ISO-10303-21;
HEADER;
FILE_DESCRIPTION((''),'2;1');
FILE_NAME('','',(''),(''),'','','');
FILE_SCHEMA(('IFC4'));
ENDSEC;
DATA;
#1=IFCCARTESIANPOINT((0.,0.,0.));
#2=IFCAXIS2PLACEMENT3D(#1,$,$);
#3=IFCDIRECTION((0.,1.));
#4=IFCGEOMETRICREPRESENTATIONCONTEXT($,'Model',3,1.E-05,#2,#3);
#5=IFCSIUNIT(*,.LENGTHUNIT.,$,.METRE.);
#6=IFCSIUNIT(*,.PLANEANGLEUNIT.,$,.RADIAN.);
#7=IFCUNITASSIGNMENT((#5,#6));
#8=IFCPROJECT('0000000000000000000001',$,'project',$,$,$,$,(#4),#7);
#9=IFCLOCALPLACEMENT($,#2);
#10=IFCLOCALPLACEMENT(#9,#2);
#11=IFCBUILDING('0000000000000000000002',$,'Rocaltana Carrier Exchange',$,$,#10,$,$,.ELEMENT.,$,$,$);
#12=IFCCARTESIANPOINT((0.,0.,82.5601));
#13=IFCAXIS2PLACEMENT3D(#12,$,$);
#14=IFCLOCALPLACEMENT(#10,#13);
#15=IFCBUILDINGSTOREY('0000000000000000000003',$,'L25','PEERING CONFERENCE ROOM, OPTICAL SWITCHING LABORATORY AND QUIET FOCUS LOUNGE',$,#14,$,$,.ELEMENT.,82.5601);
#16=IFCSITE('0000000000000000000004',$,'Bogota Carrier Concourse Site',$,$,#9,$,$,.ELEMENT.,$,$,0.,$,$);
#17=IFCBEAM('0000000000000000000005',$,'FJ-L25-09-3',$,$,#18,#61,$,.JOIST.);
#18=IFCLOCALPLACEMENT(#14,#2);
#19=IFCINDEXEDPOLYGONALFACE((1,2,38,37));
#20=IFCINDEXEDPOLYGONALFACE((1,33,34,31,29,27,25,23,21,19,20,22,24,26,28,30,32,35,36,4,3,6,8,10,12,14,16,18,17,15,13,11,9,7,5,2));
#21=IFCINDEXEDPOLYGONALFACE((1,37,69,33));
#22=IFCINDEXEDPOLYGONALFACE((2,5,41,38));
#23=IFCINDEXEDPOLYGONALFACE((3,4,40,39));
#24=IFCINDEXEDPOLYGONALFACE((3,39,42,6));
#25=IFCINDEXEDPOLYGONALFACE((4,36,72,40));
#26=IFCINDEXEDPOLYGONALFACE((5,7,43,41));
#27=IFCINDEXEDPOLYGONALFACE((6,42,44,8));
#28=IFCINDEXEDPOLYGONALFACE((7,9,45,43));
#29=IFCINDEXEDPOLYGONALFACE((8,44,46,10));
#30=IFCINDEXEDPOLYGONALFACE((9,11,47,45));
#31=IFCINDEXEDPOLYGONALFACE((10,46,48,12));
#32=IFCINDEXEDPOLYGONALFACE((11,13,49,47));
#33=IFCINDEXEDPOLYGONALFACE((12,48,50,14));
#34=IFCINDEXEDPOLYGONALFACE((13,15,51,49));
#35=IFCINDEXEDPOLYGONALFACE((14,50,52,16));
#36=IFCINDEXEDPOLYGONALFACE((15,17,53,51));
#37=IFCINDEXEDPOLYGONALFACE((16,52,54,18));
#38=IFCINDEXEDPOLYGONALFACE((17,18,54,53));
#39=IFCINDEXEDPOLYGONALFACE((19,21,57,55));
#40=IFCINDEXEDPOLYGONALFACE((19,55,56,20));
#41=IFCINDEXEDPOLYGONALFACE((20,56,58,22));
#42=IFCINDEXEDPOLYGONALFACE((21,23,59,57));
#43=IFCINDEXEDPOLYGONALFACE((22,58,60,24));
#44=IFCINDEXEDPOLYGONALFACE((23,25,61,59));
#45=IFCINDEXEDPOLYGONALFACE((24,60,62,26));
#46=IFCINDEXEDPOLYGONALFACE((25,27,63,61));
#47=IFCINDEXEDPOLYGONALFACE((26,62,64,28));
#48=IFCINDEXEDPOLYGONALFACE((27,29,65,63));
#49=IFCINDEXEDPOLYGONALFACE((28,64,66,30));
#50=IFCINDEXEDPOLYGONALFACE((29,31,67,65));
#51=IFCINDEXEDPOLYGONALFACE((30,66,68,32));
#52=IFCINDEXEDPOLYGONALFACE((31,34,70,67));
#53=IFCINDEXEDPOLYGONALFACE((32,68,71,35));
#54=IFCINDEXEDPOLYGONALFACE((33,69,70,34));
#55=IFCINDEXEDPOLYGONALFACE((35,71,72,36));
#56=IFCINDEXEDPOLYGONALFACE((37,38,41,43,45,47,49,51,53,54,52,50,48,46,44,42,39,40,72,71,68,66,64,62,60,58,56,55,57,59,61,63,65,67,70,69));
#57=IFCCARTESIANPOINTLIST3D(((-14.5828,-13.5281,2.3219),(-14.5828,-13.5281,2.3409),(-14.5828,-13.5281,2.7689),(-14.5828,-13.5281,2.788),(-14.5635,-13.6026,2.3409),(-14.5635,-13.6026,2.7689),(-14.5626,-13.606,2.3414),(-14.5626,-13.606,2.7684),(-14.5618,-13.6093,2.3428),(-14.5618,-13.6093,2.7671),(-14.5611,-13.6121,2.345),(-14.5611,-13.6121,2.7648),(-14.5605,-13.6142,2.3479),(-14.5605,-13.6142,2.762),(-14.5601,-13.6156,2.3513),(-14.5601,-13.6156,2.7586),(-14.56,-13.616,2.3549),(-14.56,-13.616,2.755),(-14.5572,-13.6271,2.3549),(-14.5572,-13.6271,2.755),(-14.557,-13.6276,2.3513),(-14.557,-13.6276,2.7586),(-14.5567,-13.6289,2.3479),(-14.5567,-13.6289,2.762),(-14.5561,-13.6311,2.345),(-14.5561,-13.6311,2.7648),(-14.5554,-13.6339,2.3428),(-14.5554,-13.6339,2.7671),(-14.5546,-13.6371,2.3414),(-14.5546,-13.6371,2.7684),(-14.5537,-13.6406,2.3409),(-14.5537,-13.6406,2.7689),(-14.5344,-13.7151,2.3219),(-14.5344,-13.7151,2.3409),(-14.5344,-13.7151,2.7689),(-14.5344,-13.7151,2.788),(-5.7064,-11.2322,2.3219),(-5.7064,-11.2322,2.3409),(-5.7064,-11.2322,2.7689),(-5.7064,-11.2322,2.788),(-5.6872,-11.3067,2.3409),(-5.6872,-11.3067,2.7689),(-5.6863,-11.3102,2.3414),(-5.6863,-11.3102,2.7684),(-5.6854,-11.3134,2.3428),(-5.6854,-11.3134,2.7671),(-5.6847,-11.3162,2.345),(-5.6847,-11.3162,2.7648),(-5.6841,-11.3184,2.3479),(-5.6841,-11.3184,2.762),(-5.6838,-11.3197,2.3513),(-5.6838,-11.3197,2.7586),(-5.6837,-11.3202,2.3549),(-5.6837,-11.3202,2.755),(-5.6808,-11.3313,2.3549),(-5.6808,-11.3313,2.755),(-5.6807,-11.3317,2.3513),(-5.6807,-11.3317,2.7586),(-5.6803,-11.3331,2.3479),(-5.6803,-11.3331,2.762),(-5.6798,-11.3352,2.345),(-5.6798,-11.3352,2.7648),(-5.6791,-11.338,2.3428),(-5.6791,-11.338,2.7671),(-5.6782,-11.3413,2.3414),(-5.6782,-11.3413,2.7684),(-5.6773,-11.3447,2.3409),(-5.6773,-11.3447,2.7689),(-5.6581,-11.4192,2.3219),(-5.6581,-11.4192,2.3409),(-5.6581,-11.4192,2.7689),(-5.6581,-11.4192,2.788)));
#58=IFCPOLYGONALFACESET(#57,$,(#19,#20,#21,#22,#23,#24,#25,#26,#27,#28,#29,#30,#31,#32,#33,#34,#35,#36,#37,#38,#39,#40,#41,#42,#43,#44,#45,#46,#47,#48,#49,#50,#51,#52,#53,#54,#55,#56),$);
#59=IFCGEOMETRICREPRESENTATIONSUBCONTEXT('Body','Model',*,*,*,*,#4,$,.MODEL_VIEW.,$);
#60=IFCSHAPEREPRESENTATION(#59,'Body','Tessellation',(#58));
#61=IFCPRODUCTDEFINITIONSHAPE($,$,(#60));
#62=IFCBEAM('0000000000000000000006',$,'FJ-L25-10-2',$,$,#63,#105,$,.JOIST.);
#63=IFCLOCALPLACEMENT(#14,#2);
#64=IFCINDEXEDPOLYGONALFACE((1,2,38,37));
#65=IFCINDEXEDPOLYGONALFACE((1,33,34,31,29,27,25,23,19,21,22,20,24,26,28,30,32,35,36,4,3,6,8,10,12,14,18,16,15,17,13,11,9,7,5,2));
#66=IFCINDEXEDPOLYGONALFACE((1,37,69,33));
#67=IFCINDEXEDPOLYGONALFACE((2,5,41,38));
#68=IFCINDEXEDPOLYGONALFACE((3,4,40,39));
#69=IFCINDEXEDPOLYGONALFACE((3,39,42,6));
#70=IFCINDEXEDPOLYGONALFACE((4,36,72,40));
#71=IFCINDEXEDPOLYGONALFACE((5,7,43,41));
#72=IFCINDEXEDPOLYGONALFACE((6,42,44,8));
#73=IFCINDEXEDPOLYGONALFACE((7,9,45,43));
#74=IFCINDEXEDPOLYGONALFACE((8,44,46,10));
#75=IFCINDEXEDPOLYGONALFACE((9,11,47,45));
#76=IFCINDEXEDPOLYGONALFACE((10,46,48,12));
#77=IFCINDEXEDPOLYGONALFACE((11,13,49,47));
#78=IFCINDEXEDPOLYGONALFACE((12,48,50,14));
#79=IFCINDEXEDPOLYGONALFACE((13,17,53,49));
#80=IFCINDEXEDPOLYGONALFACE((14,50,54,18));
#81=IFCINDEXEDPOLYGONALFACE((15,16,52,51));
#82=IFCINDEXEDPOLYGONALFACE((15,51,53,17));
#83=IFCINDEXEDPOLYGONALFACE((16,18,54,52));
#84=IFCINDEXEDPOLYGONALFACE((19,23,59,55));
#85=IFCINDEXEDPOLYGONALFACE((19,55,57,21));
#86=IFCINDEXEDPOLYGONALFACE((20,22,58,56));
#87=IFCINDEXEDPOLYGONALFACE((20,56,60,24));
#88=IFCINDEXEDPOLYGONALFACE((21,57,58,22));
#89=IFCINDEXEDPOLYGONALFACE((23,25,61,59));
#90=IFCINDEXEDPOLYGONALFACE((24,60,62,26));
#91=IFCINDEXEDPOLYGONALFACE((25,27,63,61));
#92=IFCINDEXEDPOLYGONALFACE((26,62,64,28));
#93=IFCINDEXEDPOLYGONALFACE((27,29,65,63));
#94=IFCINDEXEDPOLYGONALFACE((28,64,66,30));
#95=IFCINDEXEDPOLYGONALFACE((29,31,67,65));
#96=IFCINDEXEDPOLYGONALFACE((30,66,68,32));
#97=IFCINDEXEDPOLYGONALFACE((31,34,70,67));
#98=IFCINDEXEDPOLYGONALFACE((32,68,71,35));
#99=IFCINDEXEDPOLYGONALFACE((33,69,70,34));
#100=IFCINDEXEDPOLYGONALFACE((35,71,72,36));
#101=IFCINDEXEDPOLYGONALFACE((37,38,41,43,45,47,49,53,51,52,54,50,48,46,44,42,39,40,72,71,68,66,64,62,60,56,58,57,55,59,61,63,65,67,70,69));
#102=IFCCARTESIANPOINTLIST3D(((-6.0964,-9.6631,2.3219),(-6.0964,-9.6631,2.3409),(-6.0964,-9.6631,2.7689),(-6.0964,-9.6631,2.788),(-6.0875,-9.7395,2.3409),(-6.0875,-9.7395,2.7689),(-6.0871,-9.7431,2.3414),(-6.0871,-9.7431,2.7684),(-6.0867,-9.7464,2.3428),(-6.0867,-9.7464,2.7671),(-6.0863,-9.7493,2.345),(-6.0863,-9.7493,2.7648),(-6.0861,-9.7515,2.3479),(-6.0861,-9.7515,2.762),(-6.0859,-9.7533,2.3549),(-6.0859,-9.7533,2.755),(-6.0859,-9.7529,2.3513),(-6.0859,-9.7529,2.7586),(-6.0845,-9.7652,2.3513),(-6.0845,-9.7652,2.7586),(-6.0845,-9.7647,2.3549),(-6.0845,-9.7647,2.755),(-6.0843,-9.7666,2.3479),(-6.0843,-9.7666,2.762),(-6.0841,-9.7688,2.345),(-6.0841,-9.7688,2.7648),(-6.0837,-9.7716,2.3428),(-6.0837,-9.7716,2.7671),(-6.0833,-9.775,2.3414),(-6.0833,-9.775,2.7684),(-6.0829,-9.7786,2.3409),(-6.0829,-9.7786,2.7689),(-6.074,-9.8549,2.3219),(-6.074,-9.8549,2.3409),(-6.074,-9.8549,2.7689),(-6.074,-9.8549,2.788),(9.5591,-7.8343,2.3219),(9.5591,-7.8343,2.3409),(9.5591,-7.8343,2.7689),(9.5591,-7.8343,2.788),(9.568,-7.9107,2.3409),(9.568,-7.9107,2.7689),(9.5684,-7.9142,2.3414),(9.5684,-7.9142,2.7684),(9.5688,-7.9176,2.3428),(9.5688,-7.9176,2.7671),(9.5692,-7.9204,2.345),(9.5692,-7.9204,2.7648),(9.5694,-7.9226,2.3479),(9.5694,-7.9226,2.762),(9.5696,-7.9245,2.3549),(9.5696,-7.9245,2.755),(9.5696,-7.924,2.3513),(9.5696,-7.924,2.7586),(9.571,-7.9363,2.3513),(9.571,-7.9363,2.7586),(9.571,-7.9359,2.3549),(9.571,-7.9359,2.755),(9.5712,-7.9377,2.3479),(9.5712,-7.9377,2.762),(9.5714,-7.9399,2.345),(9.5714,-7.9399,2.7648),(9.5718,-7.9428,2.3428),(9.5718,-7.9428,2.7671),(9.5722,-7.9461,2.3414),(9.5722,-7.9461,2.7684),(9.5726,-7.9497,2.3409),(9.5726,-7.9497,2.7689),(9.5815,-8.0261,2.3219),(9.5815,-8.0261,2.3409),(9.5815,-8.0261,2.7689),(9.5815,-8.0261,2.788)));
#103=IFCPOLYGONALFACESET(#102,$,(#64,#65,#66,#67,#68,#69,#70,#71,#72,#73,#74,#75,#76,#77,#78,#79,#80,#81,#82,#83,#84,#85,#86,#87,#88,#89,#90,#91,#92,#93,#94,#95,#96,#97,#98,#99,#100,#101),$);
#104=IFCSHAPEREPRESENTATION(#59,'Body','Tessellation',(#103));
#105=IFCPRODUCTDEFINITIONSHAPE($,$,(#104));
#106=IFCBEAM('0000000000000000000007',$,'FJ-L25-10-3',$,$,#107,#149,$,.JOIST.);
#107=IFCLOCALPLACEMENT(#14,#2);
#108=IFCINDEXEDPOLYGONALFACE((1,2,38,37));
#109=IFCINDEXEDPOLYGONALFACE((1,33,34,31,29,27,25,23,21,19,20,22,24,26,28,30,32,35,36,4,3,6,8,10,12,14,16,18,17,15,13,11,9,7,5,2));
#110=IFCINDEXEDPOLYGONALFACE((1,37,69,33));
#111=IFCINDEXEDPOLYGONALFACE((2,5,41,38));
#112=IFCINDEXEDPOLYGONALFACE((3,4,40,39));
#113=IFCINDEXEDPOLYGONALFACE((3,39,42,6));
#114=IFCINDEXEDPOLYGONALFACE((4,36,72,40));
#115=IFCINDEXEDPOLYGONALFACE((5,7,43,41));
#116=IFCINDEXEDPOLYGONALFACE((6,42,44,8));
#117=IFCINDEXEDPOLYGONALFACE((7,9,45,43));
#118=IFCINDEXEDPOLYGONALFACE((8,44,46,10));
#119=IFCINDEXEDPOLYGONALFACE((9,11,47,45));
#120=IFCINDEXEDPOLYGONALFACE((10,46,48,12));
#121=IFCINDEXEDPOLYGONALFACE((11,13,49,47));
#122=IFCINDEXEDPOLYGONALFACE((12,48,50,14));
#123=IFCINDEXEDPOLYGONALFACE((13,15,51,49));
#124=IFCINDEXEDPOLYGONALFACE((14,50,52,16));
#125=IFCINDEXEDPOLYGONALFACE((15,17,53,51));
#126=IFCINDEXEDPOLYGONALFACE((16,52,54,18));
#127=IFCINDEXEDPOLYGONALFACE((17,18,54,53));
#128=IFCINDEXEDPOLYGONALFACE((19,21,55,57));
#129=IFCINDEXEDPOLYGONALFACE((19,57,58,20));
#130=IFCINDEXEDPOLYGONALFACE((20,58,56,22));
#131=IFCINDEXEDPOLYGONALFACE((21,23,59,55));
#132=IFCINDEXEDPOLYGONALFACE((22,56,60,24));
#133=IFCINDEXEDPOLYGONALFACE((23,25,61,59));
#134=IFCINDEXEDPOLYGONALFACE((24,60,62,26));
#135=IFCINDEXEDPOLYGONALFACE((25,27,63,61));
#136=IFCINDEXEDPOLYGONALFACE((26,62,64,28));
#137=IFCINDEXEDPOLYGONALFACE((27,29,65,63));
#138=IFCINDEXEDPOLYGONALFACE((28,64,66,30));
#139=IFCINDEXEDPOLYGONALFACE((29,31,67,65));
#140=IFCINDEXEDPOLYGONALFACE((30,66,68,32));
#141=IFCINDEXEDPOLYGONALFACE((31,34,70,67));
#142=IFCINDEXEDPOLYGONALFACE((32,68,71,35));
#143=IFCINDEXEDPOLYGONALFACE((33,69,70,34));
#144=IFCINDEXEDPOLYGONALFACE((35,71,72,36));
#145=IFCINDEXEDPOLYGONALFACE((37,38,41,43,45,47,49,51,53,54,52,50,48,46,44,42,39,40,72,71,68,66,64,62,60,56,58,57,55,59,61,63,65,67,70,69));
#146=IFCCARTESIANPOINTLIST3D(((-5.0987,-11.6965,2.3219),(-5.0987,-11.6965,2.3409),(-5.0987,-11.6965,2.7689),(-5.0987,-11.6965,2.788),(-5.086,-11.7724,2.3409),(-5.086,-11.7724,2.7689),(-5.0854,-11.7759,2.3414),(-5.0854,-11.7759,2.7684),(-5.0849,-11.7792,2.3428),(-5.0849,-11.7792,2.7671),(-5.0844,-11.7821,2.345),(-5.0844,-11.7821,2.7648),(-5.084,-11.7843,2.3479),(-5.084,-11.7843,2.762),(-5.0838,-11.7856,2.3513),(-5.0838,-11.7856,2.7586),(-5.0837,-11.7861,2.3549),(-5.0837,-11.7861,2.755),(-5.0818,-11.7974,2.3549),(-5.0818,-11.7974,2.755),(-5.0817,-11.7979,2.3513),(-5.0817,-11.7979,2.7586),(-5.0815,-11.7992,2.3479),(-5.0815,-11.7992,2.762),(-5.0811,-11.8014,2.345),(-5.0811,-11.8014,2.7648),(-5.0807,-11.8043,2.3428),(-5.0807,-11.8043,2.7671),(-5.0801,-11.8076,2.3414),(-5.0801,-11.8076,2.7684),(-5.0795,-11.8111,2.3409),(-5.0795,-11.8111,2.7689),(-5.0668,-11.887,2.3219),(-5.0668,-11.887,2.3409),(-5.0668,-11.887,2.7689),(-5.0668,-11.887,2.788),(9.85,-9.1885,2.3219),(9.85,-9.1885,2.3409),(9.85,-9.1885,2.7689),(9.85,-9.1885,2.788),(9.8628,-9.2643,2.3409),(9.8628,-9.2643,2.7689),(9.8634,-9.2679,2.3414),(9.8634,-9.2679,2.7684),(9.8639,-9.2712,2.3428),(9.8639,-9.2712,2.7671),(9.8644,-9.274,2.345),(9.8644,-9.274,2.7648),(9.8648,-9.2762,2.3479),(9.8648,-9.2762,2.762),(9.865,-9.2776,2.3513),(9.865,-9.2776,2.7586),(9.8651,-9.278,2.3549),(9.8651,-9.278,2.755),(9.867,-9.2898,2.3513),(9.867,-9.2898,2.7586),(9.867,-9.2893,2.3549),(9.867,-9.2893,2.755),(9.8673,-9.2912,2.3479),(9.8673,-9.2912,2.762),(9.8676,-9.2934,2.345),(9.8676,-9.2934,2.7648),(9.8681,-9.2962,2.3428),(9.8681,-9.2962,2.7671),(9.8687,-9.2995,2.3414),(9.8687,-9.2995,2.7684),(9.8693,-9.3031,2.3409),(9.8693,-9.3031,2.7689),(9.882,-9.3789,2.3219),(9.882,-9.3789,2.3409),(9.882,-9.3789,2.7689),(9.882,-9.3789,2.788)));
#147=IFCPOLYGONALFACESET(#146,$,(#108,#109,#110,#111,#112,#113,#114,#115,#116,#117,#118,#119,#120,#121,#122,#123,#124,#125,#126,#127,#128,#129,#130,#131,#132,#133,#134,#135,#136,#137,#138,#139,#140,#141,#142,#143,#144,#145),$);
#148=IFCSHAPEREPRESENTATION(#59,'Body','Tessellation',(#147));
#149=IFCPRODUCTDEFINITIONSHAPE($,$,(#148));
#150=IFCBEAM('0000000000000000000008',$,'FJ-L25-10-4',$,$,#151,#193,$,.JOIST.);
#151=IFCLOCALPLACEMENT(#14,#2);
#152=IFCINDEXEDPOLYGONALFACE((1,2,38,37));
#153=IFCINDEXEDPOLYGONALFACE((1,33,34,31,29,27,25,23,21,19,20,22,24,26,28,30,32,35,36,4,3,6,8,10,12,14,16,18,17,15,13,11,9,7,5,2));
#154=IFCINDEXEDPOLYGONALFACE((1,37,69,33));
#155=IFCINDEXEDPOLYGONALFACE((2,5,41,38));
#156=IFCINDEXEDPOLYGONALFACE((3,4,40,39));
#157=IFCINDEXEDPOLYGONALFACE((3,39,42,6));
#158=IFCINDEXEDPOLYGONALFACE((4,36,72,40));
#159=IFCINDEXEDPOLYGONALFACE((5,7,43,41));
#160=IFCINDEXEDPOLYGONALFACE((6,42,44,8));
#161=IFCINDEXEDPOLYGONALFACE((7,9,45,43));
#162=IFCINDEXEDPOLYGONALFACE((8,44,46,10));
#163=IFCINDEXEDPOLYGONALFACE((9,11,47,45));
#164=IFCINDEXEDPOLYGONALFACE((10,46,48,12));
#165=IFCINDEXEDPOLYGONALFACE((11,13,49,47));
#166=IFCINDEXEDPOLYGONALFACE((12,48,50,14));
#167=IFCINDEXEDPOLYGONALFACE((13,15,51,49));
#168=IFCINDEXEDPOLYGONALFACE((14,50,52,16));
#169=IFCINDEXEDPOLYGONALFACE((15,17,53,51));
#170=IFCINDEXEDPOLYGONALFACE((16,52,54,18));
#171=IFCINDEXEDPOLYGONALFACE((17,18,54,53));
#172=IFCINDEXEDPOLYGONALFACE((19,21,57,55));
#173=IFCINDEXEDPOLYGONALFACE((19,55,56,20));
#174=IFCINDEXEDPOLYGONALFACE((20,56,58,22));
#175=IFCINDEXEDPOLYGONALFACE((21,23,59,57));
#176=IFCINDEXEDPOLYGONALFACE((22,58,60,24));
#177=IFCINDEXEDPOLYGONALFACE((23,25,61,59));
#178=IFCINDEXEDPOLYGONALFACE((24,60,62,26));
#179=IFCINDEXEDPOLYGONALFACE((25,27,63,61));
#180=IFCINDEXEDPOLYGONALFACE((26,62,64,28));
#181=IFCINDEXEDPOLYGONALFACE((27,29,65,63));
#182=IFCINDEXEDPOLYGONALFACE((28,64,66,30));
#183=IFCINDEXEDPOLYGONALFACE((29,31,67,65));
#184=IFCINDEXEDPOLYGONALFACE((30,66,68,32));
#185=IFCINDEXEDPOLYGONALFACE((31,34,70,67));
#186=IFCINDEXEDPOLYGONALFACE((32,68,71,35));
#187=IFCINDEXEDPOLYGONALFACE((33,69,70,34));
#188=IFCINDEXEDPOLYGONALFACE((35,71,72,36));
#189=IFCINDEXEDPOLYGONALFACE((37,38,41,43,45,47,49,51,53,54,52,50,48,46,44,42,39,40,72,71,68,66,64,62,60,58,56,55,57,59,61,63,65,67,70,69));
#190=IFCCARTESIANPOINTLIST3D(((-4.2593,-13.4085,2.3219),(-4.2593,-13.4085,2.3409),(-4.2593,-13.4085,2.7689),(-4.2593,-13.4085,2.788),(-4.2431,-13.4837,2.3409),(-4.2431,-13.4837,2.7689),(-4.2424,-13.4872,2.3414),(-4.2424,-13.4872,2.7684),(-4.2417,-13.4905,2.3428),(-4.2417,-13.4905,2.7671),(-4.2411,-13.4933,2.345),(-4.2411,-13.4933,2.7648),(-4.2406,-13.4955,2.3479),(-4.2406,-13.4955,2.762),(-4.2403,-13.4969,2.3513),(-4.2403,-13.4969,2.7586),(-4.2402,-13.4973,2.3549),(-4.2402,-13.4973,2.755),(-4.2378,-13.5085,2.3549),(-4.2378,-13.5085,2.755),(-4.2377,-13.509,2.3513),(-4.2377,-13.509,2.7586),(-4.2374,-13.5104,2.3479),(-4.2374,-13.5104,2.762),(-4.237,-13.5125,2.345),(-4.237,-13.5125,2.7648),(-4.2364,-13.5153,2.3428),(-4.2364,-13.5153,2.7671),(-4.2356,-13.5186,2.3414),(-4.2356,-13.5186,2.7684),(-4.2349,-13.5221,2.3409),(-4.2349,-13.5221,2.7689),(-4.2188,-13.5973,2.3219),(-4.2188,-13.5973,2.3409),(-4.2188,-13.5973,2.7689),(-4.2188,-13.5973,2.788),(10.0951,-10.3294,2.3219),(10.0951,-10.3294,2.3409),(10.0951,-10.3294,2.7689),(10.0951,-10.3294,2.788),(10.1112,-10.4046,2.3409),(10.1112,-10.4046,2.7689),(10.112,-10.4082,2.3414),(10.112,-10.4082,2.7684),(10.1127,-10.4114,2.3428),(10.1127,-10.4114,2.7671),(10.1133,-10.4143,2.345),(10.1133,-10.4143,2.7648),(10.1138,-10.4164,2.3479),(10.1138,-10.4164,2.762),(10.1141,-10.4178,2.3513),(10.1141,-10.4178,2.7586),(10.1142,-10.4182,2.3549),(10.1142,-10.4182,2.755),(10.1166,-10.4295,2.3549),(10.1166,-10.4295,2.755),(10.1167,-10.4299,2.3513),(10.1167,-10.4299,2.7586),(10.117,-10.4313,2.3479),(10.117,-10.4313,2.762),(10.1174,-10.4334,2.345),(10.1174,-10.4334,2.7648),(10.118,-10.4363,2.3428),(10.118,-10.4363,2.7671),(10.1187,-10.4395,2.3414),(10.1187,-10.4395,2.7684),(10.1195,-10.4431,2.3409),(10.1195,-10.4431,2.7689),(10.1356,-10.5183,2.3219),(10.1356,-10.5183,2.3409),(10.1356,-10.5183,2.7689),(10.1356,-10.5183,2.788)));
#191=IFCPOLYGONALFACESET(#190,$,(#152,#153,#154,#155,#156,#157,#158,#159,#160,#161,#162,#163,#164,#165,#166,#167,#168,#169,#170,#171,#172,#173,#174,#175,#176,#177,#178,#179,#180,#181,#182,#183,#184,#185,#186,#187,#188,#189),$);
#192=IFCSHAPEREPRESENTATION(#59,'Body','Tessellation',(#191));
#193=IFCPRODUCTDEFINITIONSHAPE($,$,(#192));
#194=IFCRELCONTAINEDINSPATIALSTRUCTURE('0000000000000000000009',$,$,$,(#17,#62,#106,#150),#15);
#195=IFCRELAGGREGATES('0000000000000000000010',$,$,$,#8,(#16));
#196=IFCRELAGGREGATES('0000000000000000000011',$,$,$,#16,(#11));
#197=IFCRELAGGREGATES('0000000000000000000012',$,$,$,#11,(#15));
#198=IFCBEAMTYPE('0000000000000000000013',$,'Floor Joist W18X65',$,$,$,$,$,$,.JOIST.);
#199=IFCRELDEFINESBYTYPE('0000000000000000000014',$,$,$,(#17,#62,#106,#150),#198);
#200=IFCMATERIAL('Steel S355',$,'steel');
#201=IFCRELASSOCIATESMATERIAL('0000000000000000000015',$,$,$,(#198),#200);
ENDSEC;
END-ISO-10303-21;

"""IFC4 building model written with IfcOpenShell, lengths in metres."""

from ifc_helpers import new_model, si_unit, direction, frame, origin, origin_2d, place, context, subcontext, project, spatial, i_section, extrude, material, material_profile, profile_set, type_object, element, save


model = new_model("IFC4")

# Units and contexts
model_context = context("Model", 3, precision=1e-05, world=origin(), true_north=direction((0.0, 1.0)))
body_context = subcontext(model_context, "Body", "Model", "MODEL_VIEW")
ifc_project = project(units=[si_unit("LENGTHUNIT", "METRE"), si_unit("PLANEANGLEUNIT", "RADIAN")], contexts=[model_context])

# Site, building, storey
site_placement = place(None, origin())
site = spatial("IfcSite", under=ifc_project, at=site_placement, Name="Bogota Carrier Concourse Site", CompositionType="ELEMENT", RefElevation=0.0)
building_placement = place(site_placement, origin())
building = spatial("IfcBuilding", under=site, at=building_placement, Name="Rocaltana Carrier Exchange", CompositionType="ELEMENT")
storey_placement = place(building_placement, frame((0.0, 0.0, 82.5601)))
storey = spatial("IfcBuildingStorey", under=building, at=storey_placement, Name="L25", Description="PEERING CONFERENCE ROOM, OPTICAL SWITCHING LABORATORY AND QUIET FOCUS LOUNGE", CompositionType="ELEMENT", Elevation=82.5601)

# Beams
ifc_material_1 = material(Name="Steel S355", Category="steel")
ifc_material_profile_1 = material_profile(ifc_material_1, i_section(OverallWidth=0.1931, OverallDepth=0.4661, WebThickness=0.0115, FlangeThickness=0.019, FilletRadius=0.0139, at=origin_2d()), Name="W18X65")
ifc_profile_set_1 = profile_set([ifc_material_profile_1], Name="Steel S355")
beam_type_1 = type_object("IfcBeamType", Name="Floor Joist W18X65", PredefinedType="JOIST", material=ifc_profile_set_1)
beam_1_placement = place(storey_placement, frame((-14.5586, -13.6216, 2.5549), z_axis=(0.96814, 0.25041, 0.0), x_axis=(-0.25041, 0.96814, 0.0)))
element("IfcBeam", 1, at=beam_1_placement, inside=storey, type_object=beam_type_1, Name="FJ-L25-09-3", PredefinedType="JOIST", context=body_context, shape_type="SweptSolid", body=[
    extrude(i_section(OverallWidth=0.1931, OverallDepth=0.4661, WebThickness=0.0115, FlangeThickness=0.019, FilletRadius=0.0139, at=origin_2d()), origin(), (0.0, 0.0, 1.0), 9.1685),
])
beam_2_placement = place(storey_placement, frame((-6.0852, -9.759, 2.5549), z_axis=(0.993246, 0.11603, 0.0), x_axis=(-0.11603, 0.993246, 0.0)))
element("IfcBeam", 2, at=beam_2_placement, inside=storey, type_object=beam_type_1, Name="FJ-L25-10-2", PredefinedType="JOIST", context=body_context, shape_type="SweptSolid", body=[
    extrude(i_section(OverallWidth=0.1931, OverallDepth=0.4661, WebThickness=0.0115, FlangeThickness=0.019, FilletRadius=0.0139, at=origin_2d()), origin(), (0.0, 0.0, 1.0), 15.762),
])
beam_3_placement = place(storey_placement, frame((-5.0828, -11.7917, 2.5549), z_axis=(0.986216, 0.165465, 0.0), x_axis=(-0.165465, 0.986216, 0.0)))
element("IfcBeam", 3, at=beam_3_placement, inside=storey, type_object=beam_type_1, Name="FJ-L25-10-3", PredefinedType="JOIST", context=body_context, shape_type="SweptSolid", body=[
    extrude(i_section(OverallWidth=0.1931, OverallDepth=0.4661, WebThickness=0.0115, FlangeThickness=0.019, FilletRadius=0.0139, at=origin_2d()), origin(), (0.0, 0.0, 1.0), 15.1577),
])
beam_4_placement = place(storey_placement, frame((-4.239, -13.5029, 2.5549), z_axis=(0.977759, 0.209734, 0.0), x_axis=(-0.209734, 0.977759, 0.0)))
element("IfcBeam", 4, at=beam_4_placement, inside=storey, type_object=beam_type_1, Name="FJ-L25-10-4", PredefinedType="JOIST", context=body_context, shape_type="SweptSolid", body=[
    extrude(i_section(OverallWidth=0.1931, OverallDepth=0.4661, WebThickness=0.0115, FlangeThickness=0.019, FilletRadius=0.0139, at=origin_2d()), origin(), (0.0, 0.0, 1.0), 14.6809),
])

save(model, "model.ifc")
